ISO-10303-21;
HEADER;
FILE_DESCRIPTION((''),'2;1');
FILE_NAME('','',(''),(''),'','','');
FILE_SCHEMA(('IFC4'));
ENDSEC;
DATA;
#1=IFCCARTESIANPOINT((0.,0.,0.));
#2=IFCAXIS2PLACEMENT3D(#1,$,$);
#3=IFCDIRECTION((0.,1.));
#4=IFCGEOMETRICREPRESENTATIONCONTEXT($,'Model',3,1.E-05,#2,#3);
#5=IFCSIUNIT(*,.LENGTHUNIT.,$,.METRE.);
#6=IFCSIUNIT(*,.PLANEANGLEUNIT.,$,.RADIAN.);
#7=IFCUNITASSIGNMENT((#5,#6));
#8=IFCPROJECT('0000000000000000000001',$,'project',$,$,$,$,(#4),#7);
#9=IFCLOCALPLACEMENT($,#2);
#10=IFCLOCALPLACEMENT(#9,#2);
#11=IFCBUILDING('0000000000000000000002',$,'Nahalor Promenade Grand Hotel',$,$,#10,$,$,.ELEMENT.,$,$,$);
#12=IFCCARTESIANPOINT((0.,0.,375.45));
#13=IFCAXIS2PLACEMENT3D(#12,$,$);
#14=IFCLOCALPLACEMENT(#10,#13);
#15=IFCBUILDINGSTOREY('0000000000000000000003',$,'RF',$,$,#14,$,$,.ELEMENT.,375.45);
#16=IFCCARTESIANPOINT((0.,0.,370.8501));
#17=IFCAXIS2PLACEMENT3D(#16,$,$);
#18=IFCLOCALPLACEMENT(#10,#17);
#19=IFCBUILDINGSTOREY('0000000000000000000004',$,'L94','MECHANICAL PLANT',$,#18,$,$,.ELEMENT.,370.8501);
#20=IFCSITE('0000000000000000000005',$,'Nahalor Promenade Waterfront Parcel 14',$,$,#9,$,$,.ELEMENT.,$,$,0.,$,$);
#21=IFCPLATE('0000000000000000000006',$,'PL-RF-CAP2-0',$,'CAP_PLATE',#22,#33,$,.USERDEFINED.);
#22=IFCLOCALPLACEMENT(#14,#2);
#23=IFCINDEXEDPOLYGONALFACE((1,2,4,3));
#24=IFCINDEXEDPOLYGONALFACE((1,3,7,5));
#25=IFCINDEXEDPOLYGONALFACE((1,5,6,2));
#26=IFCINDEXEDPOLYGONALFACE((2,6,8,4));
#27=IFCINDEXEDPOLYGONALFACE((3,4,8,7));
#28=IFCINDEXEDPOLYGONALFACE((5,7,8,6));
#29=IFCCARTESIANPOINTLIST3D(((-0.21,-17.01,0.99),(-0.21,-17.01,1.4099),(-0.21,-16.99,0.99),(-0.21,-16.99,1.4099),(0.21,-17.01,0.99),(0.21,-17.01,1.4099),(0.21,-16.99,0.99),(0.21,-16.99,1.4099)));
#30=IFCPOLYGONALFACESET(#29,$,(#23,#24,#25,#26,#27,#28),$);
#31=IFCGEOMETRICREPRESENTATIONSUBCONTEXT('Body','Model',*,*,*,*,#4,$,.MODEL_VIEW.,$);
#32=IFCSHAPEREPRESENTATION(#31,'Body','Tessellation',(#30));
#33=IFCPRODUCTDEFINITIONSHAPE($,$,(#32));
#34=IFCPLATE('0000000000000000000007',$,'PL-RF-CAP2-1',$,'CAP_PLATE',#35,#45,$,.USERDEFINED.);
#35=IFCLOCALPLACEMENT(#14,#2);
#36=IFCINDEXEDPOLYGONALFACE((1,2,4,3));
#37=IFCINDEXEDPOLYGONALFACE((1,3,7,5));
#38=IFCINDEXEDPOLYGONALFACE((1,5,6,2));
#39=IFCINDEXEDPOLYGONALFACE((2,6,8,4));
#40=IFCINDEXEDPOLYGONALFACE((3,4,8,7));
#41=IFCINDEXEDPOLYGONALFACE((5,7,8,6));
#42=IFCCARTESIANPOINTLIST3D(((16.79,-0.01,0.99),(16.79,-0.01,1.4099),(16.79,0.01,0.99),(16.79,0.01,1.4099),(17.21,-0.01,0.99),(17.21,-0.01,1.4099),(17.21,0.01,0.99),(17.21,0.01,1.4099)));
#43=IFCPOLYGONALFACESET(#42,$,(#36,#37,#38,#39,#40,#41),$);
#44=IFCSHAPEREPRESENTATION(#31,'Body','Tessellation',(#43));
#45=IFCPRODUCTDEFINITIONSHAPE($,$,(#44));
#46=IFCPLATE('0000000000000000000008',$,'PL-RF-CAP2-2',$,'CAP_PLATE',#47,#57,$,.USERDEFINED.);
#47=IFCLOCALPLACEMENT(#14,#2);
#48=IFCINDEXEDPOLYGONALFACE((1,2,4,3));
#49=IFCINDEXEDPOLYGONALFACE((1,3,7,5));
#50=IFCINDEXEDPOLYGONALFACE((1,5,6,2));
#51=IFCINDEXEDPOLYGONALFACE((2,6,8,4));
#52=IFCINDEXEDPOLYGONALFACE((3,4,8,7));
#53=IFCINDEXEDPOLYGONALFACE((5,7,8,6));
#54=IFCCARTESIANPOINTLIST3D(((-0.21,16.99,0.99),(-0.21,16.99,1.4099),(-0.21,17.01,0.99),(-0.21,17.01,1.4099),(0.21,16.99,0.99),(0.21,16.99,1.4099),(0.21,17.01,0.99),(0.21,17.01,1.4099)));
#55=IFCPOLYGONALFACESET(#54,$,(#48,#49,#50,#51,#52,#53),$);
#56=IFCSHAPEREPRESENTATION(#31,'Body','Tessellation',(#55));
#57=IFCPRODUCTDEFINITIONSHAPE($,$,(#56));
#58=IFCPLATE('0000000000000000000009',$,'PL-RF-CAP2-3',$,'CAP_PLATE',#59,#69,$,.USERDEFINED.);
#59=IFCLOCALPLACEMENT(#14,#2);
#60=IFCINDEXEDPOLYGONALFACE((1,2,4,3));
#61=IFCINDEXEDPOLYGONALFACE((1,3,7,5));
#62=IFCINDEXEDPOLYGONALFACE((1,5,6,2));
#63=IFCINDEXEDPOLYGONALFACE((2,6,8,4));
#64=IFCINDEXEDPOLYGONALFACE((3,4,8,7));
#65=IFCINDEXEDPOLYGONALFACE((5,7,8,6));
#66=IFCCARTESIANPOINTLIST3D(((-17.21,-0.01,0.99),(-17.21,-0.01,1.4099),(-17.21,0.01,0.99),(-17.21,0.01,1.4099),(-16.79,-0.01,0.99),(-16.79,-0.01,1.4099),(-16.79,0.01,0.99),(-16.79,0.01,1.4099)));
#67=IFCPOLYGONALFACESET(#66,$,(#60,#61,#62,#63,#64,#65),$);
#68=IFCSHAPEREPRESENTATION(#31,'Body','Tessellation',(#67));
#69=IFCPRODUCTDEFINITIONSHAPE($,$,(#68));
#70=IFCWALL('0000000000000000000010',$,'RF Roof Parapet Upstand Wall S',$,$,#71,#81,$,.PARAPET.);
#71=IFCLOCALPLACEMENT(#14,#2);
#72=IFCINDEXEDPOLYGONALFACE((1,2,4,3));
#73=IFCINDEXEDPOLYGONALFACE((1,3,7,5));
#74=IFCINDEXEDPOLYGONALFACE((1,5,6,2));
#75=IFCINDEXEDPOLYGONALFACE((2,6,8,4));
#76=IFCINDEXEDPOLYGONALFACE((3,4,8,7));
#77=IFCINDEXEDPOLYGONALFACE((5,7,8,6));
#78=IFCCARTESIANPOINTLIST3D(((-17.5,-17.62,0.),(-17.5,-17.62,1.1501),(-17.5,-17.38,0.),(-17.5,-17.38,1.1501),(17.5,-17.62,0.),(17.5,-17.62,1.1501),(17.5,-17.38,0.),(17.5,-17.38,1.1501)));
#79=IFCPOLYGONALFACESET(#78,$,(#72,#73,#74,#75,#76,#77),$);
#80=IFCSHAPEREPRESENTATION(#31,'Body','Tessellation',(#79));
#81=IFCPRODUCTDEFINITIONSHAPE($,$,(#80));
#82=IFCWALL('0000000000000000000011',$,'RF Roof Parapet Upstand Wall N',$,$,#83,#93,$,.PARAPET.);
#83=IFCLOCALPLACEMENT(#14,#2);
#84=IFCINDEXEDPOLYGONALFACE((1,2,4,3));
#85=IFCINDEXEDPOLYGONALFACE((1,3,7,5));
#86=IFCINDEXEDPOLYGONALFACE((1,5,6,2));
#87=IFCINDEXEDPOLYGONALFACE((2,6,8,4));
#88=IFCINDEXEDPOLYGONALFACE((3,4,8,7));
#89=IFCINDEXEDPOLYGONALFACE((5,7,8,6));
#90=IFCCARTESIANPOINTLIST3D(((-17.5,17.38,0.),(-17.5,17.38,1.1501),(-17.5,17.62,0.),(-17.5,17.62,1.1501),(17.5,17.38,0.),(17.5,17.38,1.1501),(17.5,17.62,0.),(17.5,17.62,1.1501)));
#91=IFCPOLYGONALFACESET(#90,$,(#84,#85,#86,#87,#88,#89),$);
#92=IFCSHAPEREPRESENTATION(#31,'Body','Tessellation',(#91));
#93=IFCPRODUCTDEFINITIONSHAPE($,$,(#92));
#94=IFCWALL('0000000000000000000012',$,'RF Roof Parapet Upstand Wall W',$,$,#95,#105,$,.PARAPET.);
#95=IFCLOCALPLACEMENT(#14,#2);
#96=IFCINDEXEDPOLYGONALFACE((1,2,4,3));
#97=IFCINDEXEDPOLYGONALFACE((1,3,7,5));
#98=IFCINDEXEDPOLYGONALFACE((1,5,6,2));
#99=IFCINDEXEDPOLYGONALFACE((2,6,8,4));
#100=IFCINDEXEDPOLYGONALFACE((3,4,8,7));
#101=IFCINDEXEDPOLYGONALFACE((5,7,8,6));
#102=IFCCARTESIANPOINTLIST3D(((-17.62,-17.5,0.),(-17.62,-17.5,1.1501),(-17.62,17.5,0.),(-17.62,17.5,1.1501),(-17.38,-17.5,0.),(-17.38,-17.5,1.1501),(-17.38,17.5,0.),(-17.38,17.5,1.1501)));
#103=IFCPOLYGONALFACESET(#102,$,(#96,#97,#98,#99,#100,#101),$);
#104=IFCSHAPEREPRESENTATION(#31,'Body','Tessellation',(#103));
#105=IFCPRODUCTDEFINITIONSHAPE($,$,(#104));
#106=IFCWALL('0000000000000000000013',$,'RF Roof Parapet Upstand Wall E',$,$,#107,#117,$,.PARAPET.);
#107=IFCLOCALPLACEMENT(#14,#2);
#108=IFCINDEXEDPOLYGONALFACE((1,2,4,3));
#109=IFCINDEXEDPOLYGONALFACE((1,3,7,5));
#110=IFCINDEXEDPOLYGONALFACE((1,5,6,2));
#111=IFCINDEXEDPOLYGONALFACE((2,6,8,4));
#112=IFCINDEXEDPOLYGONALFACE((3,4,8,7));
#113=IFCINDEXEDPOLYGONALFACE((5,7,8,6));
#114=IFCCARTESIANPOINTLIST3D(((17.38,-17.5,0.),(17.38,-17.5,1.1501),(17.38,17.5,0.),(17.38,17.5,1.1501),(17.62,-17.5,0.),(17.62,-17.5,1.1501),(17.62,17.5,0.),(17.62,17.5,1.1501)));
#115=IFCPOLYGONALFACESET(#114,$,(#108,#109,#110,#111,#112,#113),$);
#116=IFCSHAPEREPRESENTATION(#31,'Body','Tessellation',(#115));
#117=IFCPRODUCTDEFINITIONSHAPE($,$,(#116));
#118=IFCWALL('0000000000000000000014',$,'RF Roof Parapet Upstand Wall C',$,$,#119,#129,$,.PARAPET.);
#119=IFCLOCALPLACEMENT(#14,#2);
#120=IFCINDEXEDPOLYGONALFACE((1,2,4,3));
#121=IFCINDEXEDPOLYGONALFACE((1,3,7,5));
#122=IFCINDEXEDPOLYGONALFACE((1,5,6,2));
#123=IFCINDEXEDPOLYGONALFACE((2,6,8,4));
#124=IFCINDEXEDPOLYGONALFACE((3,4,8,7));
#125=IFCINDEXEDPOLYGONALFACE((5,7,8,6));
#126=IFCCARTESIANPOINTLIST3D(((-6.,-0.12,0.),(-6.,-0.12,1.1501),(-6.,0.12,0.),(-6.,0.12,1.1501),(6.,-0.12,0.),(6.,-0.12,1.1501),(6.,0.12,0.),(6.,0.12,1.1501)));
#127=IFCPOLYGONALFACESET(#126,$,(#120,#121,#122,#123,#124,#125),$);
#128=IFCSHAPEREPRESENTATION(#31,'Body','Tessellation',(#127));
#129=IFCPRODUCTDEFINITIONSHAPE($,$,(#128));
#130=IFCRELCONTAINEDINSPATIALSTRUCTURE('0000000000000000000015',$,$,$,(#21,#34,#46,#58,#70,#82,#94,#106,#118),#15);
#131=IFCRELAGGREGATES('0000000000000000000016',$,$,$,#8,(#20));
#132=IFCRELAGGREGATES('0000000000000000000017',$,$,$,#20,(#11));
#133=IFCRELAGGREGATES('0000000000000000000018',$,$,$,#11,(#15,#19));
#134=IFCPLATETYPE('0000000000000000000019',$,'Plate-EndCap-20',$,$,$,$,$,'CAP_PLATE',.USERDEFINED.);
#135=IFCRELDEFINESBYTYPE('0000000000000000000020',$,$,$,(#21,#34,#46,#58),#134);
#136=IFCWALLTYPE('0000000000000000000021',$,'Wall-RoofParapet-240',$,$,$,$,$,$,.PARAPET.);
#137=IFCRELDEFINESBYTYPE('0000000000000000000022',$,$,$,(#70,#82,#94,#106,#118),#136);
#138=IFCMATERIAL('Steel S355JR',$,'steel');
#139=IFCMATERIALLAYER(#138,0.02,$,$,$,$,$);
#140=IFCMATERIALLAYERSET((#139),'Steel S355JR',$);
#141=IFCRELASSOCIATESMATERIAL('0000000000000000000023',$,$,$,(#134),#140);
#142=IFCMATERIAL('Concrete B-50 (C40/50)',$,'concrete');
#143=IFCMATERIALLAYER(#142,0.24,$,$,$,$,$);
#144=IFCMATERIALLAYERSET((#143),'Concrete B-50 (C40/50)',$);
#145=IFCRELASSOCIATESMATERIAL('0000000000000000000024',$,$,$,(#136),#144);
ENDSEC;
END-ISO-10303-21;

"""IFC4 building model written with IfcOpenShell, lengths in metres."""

from ifc_helpers import new_model, si_unit, direction, frame, frame_2d, origin, origin_2d, place, context, subcontext, project, spatial, rectangle, extrude, source, transform, mapped, material, layer, layer_set, type_object, element, save


model = new_model("IFC4")

# Units and contexts
model_context = context("Model", 3, precision=1e-05, world=origin(), true_north=direction((0.0, 1.0)))
body_context = subcontext(model_context, "Body", "Model", "MODEL_VIEW")
ifc_project = project(units=[si_unit("LENGTHUNIT", "METRE"), si_unit("PLANEANGLEUNIT", "RADIAN")], contexts=[model_context])

# Site, building, storey
site_placement = place(None, origin())
site = spatial("IfcSite", under=ifc_project, at=site_placement, Name="Nahalor Promenade Waterfront Parcel 14", CompositionType="ELEMENT", RefElevation=0.0)
building_placement = place(site_placement, origin())
building = spatial("IfcBuilding", under=site, at=building_placement, Name="Nahalor Promenade Grand Hotel", CompositionType="ELEMENT")
storey_1_placement = place(building_placement, frame((0.0, 0.0, 375.45)))
storey_1 = spatial("IfcBuildingStorey", under=building, at=storey_1_placement, Name="RF", CompositionType="ELEMENT", Elevation=375.45)

# Shared definitions
ifc_material_1 = material(Name="Steel S355JR", Category="steel")

# Shared definitions
ifc_material_2 = material(Name="Concrete B-50 (C40/50)", Category="concrete")

# Shared definitions
storey_2_placement = place(building_placement, frame((0.0, 0.0, 370.8501)))
storey_2 = spatial("IfcBuildingStorey", under=building, at=storey_2_placement, Name="L94", Description="MECHANICAL PLANT", CompositionType="ELEMENT", Elevation=370.8501)

# Plates
ifc_layer_1 = layer(ifc_material_1, 0.02)
ifc_layer_set_1 = layer_set([ifc_layer_1], Name="Steel S355JR")
plate_type_1 = type_object("IfcPlateType", Name="Plate-EndCap-20", ElementType="CAP_PLATE", PredefinedType="USERDEFINED", material=ifc_layer_set_1)
shared_shape_1 = source(origin(), body_context, "Body", "SweptSolid", [
    extrude(rectangle(XDim=0.4199, YDim=0.02, at=origin_2d()), origin(), (0.0, 0.0, 1.0), 0.4199),
])
for number, where, z_axis, x_axis, name in (
    (1, (0.0, -17.0, 0.99), (0.0, 0.0, 1.0), (1.0, 0.0, 0.0), "PL-RF-CAP2-0"),
    (2, (17.0, 0.0, 0.99), (0.0, 0.0, 1.0), (1.0, 0.0, 0.0), "PL-RF-CAP2-1"),
    (3, (0.0, 17.0, 0.99), (0.0, 0.0, 1.0), (1.0, 0.0, 0.0), "PL-RF-CAP2-2"),
    (4, (-17.0, 0.0, 0.99), (0.0, 0.0, 1.0), (1.0, 0.0, 0.0), "PL-RF-CAP2-3"),
):
    element("IfcPlate", number, at=place(storey_1_placement, frame(where, z_axis=z_axis, x_axis=x_axis)), inside=storey_1, type_object=plate_type_1, Name=name, ObjectType="CAP_PLATE", PredefinedType="USERDEFINED", context=body_context, shape_type="MappedRepresentation", body=[
        mapped(shared_shape_1, transform((0.0, 0.0, 0.0), scale=1.0)),
    ])

# Walls
ifc_layer_2 = layer(ifc_material_2, 0.24)
ifc_layer_set_2 = layer_set([ifc_layer_2], Name="Concrete B-50 (C40/50)")
wall_type = type_object("IfcWallType", Name="Wall-RoofParapet-240", PredefinedType="PARAPET", material=ifc_layer_set_2)
shared_shape_2 = source(origin(), body_context, "Body", "SweptSolid", [
    extrude(rectangle(XDim=35.0, YDim=0.24, at=frame_2d((17.5, 0.0))), origin(), (0.0, 0.0, 1.0), 1.1501),
])
for number, where, z_axis, x_axis, name in (
    (5, (-17.5, -17.5, 0.0), (0.0, 0.0, 1.0), (1.0, 0.0, 0.0), "RF Roof Parapet Upstand Wall S"),
    (6, (-17.5, 17.5, 0.0), (0.0, 0.0, 1.0), (1.0, 0.0, 0.0), "RF Roof Parapet Upstand Wall N"),
    (7, (-17.5, -17.5, 0.0), (0.0, 0.0, 1.0), (0.0, 1.0, 0.0), "RF Roof Parapet Upstand Wall W"),
    (8, (17.5, -17.5, 0.0), (0.0, 0.0, 1.0), (0.0, 1.0, 0.0), "RF Roof Parapet Upstand Wall E"),
):
    element("IfcWall", number, at=place(storey_1_placement, frame(where, z_axis=z_axis, x_axis=x_axis)), inside=storey_1, type_object=wall_type, Name=name, PredefinedType="PARAPET", context=body_context, shape_type="MappedRepresentation", body=[
        mapped(shared_shape_2, transform((0.0, 0.0, 0.0), scale=1.0)),
    ])
shared_shape_3 = source(origin(), body_context, "Body", "SweptSolid", [
    extrude(rectangle(XDim=12.0, YDim=0.24, at=frame_2d((6.0, 0.0))), origin(), (0.0, 0.0, 1.0), 1.1501),
])
wall_placement = place(storey_1_placement, frame((-6.0, 0.0, 0.0), z_axis=(0.0, 0.0, 1.0), x_axis=(1.0, 0.0, 0.0)))
element("IfcWall", 9, at=wall_placement, inside=storey_1, type_object=wall_type, Name="RF Roof Parapet Upstand Wall C", PredefinedType="PARAPET", context=body_context, shape_type="MappedRepresentation", body=[
    mapped(shared_shape_3, transform((0.0, 0.0, 0.0), scale=1.0)),
])

save(model, "model.ifc")
